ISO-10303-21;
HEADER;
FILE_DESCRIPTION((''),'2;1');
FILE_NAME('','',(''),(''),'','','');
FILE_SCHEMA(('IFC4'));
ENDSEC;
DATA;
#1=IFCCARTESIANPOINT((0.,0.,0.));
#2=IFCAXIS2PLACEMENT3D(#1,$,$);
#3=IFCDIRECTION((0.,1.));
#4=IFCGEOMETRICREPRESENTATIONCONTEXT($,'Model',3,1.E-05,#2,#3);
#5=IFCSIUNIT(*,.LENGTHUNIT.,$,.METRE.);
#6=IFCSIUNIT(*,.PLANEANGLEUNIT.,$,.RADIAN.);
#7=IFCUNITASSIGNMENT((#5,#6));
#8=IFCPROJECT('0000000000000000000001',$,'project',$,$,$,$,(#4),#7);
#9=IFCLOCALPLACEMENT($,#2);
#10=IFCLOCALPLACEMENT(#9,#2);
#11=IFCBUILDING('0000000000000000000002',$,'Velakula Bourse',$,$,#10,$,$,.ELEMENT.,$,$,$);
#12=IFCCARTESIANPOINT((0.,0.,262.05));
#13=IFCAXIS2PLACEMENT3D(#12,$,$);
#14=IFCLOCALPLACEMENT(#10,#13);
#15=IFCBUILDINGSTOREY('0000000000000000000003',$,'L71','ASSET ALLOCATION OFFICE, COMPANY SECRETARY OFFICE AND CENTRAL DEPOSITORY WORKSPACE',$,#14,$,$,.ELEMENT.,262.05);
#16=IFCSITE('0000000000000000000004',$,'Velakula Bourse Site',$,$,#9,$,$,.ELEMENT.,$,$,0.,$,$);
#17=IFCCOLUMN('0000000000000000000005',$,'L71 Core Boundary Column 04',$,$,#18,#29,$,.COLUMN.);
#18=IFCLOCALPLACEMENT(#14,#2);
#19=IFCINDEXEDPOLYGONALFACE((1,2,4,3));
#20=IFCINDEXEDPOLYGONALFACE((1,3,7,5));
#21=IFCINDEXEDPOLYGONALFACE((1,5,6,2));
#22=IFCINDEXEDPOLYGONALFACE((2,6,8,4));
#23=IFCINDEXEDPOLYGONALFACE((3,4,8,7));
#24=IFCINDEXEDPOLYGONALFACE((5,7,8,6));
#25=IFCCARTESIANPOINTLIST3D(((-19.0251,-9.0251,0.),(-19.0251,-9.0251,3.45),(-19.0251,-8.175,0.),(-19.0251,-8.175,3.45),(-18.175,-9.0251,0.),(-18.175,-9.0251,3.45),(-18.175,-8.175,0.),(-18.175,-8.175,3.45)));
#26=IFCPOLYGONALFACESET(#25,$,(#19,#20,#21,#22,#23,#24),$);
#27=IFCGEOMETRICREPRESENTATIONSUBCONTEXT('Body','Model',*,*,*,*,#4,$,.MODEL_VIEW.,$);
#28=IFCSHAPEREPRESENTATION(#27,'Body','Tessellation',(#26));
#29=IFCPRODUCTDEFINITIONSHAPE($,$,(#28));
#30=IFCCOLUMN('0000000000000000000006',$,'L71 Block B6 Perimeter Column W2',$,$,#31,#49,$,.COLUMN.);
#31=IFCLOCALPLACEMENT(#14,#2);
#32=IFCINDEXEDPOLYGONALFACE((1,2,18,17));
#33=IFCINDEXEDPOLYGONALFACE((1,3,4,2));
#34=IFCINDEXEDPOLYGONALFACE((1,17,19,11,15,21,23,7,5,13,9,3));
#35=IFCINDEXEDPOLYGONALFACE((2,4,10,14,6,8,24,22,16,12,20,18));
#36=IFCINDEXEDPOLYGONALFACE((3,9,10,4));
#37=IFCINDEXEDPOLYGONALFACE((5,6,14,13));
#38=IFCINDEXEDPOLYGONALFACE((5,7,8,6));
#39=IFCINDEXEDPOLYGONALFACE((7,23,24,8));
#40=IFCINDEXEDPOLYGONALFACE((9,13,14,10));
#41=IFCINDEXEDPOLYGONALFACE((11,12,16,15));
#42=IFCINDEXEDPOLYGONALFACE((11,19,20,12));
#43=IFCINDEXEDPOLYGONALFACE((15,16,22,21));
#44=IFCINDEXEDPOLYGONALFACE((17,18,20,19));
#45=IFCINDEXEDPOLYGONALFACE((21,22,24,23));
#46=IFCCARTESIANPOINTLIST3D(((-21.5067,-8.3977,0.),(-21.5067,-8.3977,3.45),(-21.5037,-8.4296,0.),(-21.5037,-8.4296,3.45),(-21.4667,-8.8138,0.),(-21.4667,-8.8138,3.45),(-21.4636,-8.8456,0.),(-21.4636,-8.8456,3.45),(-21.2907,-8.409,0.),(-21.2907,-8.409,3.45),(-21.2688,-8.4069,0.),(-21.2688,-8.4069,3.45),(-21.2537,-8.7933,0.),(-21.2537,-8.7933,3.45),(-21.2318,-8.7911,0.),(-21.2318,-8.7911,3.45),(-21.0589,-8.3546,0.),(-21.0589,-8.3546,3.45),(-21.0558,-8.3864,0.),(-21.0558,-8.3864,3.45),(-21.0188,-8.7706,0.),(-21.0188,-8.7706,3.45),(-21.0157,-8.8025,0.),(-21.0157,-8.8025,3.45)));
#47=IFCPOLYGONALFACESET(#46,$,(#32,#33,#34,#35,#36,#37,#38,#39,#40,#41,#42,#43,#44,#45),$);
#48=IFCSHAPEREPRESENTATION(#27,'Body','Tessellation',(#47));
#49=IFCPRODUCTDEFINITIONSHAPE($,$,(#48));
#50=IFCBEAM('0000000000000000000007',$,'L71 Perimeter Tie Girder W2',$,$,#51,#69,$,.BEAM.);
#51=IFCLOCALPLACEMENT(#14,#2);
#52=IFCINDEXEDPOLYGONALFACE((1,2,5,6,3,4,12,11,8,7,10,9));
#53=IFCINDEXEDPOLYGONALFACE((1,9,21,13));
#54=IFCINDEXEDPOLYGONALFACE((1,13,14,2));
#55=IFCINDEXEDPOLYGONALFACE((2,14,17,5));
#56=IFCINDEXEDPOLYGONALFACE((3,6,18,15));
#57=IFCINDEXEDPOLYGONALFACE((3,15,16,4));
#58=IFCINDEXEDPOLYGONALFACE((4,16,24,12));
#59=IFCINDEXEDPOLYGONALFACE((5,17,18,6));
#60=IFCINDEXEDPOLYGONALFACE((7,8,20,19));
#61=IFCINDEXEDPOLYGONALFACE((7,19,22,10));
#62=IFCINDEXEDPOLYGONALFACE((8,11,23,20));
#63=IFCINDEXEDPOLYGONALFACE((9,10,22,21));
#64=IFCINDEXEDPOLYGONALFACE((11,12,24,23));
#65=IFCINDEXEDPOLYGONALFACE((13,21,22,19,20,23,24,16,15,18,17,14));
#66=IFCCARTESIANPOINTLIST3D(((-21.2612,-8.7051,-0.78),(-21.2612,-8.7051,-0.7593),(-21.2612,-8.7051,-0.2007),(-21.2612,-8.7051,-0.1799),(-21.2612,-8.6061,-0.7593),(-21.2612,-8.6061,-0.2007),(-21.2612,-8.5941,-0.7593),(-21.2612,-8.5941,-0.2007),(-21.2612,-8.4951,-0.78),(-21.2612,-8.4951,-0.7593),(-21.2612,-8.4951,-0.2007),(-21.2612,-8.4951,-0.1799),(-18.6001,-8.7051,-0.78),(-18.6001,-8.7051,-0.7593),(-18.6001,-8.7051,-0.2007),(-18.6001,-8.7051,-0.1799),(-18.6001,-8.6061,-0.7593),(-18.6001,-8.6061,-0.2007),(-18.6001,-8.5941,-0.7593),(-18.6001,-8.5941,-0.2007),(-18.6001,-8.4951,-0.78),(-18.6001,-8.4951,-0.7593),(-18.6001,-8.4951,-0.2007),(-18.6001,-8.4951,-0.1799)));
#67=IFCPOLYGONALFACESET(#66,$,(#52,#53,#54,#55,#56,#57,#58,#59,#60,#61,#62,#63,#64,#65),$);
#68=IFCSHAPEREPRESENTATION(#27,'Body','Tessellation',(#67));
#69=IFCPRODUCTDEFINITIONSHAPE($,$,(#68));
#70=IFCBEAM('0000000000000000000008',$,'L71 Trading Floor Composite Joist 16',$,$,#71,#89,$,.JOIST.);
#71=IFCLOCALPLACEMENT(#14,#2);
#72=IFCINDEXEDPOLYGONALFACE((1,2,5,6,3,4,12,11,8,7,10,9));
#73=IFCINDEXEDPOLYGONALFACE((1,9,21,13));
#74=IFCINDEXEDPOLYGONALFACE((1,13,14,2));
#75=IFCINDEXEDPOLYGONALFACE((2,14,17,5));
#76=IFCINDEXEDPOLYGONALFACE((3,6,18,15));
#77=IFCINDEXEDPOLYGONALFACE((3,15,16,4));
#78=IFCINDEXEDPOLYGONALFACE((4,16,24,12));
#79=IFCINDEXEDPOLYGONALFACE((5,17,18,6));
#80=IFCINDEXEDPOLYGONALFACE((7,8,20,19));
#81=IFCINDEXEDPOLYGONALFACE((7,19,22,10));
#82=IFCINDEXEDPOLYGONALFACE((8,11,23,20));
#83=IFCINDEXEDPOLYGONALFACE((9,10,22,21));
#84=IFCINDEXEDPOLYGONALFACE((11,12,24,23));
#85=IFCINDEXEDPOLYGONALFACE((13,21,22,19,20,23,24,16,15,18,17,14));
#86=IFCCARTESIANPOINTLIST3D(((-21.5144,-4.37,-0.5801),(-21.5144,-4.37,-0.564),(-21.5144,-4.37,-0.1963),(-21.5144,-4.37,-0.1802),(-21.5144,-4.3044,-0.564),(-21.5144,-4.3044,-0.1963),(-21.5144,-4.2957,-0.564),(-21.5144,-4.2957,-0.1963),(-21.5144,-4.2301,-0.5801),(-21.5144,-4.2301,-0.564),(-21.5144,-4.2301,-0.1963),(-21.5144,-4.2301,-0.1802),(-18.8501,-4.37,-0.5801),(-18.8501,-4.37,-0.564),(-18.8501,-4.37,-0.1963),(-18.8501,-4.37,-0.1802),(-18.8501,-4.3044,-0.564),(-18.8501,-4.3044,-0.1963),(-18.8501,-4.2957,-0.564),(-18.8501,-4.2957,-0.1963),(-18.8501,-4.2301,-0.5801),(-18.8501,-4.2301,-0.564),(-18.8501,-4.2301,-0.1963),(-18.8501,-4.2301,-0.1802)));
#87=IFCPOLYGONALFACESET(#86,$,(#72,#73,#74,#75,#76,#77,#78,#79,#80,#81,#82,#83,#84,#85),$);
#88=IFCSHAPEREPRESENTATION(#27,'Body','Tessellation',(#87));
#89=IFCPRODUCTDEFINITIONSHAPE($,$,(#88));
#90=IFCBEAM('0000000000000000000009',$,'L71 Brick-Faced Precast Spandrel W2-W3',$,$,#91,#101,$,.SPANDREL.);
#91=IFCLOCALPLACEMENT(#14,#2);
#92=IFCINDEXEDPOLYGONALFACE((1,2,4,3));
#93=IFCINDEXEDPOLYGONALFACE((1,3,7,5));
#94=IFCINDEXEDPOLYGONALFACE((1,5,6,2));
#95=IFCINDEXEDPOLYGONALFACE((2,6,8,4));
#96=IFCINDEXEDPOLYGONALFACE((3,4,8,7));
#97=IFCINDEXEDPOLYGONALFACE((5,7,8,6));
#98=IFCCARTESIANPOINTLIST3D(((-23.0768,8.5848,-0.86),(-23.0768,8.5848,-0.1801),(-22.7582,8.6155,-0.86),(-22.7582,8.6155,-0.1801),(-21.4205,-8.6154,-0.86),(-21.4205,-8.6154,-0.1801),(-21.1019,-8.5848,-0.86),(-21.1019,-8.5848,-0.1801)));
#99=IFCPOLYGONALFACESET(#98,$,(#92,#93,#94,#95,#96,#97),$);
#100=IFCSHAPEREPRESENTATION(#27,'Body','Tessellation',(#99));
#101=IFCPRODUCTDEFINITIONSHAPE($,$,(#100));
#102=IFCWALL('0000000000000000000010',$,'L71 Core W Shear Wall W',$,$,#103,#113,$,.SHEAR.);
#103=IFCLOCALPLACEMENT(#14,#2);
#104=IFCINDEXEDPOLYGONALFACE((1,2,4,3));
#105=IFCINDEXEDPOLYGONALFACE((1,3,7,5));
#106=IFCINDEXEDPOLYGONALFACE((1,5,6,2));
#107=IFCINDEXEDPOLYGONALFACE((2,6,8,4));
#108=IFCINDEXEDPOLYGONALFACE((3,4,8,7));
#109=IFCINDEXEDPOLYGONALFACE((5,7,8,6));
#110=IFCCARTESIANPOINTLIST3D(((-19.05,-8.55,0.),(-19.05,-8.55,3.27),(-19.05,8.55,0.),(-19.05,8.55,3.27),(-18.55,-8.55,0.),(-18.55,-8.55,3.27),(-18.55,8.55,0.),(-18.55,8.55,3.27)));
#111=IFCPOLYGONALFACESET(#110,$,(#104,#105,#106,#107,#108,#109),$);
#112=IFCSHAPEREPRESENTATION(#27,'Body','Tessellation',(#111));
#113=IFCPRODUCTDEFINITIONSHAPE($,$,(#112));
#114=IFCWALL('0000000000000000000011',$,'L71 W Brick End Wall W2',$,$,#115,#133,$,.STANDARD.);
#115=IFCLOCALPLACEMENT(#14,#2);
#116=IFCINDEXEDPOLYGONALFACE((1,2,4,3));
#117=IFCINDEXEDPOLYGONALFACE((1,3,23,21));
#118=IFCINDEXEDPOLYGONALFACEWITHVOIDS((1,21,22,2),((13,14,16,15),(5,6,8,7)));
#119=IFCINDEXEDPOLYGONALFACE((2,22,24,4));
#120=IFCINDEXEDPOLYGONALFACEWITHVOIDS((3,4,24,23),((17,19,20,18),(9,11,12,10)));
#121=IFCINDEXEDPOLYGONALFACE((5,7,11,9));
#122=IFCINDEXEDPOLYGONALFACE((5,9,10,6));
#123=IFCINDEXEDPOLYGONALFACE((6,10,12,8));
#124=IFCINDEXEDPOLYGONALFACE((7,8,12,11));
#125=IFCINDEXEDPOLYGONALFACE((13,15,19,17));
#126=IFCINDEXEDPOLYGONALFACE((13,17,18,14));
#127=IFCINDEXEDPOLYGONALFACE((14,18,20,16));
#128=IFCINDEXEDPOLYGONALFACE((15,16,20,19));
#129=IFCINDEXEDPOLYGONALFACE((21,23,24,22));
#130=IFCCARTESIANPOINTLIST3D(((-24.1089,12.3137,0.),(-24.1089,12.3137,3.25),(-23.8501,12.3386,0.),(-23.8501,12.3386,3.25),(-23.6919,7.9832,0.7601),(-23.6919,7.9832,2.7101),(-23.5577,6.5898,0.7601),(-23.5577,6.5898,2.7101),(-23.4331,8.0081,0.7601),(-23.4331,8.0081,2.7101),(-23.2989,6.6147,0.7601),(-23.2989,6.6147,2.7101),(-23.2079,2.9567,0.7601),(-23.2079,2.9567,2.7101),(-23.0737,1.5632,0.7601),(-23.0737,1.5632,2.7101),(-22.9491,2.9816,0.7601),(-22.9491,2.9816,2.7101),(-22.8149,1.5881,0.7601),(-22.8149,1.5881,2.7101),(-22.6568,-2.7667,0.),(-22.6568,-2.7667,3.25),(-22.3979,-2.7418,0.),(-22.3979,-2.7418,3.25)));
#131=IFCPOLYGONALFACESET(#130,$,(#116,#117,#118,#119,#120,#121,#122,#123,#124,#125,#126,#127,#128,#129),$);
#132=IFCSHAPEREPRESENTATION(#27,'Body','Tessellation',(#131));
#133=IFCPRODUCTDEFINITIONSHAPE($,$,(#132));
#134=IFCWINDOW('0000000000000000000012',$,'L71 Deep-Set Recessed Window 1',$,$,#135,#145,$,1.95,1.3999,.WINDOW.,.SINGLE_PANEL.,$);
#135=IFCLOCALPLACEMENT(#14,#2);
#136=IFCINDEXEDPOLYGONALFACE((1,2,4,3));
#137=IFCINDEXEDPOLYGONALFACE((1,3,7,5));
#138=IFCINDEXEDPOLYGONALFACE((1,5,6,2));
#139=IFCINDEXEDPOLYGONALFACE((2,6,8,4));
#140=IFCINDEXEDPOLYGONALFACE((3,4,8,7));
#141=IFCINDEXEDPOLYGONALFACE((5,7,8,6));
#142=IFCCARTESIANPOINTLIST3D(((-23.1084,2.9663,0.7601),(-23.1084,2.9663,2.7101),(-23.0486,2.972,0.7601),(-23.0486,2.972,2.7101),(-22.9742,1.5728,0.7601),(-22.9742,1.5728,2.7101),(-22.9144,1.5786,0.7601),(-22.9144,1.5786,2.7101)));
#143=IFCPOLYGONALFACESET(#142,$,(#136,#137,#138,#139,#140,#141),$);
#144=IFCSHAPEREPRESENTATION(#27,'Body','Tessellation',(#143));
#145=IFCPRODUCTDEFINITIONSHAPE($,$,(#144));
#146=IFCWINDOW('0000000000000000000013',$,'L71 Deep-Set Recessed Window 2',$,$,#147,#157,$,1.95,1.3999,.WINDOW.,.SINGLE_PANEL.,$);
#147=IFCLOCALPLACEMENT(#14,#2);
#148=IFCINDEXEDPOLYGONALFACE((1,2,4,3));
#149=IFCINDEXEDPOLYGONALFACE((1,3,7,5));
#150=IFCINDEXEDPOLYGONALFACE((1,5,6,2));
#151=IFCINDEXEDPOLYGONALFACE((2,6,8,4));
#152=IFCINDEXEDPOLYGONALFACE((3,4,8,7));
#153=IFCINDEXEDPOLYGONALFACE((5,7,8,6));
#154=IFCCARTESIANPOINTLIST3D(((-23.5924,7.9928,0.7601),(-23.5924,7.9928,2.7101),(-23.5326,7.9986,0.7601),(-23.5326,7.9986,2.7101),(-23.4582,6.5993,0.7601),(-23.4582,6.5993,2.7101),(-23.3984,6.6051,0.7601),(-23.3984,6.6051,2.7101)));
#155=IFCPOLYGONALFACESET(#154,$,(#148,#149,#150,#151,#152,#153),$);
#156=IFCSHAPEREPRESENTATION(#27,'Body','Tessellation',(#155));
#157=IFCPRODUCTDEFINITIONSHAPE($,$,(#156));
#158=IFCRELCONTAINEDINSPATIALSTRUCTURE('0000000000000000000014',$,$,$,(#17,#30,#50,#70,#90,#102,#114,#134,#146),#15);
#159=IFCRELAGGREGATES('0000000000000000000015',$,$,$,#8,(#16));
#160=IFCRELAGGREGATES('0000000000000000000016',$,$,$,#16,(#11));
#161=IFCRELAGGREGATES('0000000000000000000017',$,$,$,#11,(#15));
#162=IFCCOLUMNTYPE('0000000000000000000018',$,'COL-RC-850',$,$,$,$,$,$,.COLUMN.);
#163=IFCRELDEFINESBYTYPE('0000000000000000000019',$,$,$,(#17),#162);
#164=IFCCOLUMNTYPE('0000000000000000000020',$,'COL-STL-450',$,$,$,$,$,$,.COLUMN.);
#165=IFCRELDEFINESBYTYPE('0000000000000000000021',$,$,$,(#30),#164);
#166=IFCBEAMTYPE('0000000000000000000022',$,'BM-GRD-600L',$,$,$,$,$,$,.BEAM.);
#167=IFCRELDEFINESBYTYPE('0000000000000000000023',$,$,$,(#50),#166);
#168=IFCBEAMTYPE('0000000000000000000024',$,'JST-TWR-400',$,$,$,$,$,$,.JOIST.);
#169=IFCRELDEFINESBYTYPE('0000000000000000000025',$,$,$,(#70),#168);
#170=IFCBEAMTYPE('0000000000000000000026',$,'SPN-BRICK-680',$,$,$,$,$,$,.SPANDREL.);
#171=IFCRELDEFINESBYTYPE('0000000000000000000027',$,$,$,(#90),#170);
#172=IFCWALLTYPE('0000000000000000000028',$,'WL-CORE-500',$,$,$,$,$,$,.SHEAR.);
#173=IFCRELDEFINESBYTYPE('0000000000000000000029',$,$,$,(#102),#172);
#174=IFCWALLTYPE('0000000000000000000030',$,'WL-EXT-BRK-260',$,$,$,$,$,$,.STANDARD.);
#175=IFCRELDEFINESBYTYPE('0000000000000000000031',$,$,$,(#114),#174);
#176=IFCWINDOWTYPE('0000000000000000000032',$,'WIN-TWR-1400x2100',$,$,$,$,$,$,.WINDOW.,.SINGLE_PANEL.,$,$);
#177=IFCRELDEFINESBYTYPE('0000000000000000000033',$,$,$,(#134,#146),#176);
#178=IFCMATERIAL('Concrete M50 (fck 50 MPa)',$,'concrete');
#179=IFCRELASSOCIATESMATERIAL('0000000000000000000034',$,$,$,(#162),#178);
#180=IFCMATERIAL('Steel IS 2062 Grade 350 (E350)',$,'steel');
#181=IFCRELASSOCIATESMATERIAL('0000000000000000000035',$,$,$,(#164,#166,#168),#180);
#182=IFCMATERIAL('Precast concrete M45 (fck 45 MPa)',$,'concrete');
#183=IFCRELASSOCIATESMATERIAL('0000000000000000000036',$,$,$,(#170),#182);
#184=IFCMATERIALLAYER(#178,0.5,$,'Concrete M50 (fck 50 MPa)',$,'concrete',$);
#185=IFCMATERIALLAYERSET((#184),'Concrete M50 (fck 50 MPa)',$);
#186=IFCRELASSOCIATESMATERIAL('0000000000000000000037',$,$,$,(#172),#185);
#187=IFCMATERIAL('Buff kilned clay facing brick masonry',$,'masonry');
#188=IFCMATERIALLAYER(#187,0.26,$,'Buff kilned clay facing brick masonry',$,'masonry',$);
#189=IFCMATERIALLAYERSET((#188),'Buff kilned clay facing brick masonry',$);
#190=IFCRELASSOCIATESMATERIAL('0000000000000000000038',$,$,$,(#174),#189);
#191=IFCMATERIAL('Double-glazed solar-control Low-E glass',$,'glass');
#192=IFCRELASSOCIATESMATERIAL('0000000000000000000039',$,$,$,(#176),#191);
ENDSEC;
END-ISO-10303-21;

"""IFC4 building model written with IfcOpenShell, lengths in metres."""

from ifc_helpers import new_model, si_unit, direction, frame, frame_2d, origin, origin_2d, place, context, subcontext, project, spatial, rectangle, i_section, extrude, material, layer, layer_set, material_profile, profile_set, type_object, element, fill, save


model = new_model("IFC4")

# Units and contexts
model_context = context("Model", 3, precision=1e-05, world=origin(), true_north=direction((0.0, 1.0)))
body_context = subcontext(model_context, "Body", "Model", "MODEL_VIEW")
ifc_project = project(units=[si_unit("LENGTHUNIT", "METRE"), si_unit("PLANEANGLEUNIT", "RADIAN")], contexts=[model_context])

# Site, building, storey
site_placement = place(None, origin())
site = spatial("IfcSite", under=ifc_project, at=site_placement, Name="Velakula Bourse Site", CompositionType="ELEMENT", RefElevation=0.0)
building_placement = place(site_placement, origin())
building = spatial("IfcBuilding", under=site, at=building_placement, Name="Velakula Bourse", CompositionType="ELEMENT")
storey_placement = place(building_placement, frame((0.0, 0.0, 262.05)))
storey = spatial("IfcBuildingStorey", under=building, at=storey_placement, Name="L71", Description="ASSET ALLOCATION OFFICE, COMPANY SECRETARY OFFICE AND CENTRAL DEPOSITORY WORKSPACE", CompositionType="ELEMENT", Elevation=262.05)

# Columns
ifc_material_1 = material(Name="Concrete M50 (fck 50 MPa)", Category="concrete")
ifc_material_profile_1 = material_profile(ifc_material_1, rectangle(XDim=0.8501, YDim=0.8501, at=origin_2d()), Name="Concrete M50 (fck 50 MPa)")
ifc_profile_set_1 = profile_set([ifc_material_profile_1], Name="Concrete M50 (fck 50 MPa)")
column_type_1 = type_object("IfcColumnType", Name="COL-RC-850", PredefinedType="COLUMN", material=ifc_profile_set_1)
column_1_placement = place(storey_placement, frame((-18.6001, -8.6001, 0.0), z_axis=(0.0, 0.0, 1.0), x_axis=(1.0, 0.0, 0.0)))
element("IfcColumn", 1, at=column_1_placement, inside=storey, type_object=column_type_1, Name="L71 Core Boundary Column 04", PredefinedType="COLUMN", context=body_context, shape_type="SweptSolid", body=[
    extrude(rectangle(XDim=0.8501, YDim=0.8501, at=origin_2d()), origin(), (0.0, 0.0, 1.0), 3.45),
])
ifc_material_2 = material(Name="Steel IS 2062 Grade 350 (E350)", Category="steel")
ifc_material_profile_2 = material_profile(ifc_material_2, i_section(OverallWidth=0.45, OverallDepth=0.45, WebThickness=0.022, FlangeThickness=0.032, at=origin_2d()), Name="Steel IS 2062 Grade 350 (E350)")
ifc_profile_set_2 = profile_set([ifc_material_profile_2], Name="Steel IS 2062 Grade 350 (E350)")
column_type_2 = type_object("IfcColumnType", Name="COL-STL-450", PredefinedType="COLUMN", material=ifc_profile_set_2)
column_2_placement = place(storey_placement, frame((-21.2612, -8.6001, 0.0), z_axis=(0.0, 0.0, 1.0), x_axis=(0.995396, 0.095846, 0.0)))
element("IfcColumn", 2, at=column_2_placement, inside=storey, type_object=column_type_2, Name="L71 Block B6 Perimeter Column W2", PredefinedType="COLUMN", context=body_context, shape_type="SweptSolid", body=[
    extrude(i_section(OverallWidth=0.45, OverallDepth=0.45, WebThickness=0.022, FlangeThickness=0.032, at=origin_2d()), origin(), (0.0, 0.0, 1.0), 3.45),
])

# Beams
ifc_material_profile_3 = material_profile(ifc_material_2, i_section(OverallWidth=0.21, OverallDepth=0.6001, WebThickness=0.012, FlangeThickness=0.0208, at=origin_2d()), Name="Steel IS 2062 Grade 350 (E350)")
ifc_profile_set_3 = profile_set([ifc_material_profile_3], Name="Steel IS 2062 Grade 350 (E350)")
beam_type_1 = type_object("IfcBeamType", Name="BM-GRD-600L", PredefinedType="BEAM", material=ifc_profile_set_3)
beam_1_placement = place(storey_placement, frame((-18.6001, -8.6001, -0.48), z_axis=(-1.0, 0.0, 0.0), x_axis=(0.0, -1.0, 0.0)))
element("IfcBeam", 3, at=beam_1_placement, inside=storey, type_object=beam_type_1, Name="L71 Perimeter Tie Girder W2", PredefinedType="BEAM", context=body_context, shape_type="SweptSolid", body=[
    extrude(i_section(OverallWidth=0.21, OverallDepth=0.6001, WebThickness=0.012, FlangeThickness=0.0208, at=origin_2d()), origin(), (0.0, 0.0, 1.0), 2.6611),
])
ifc_material_profile_4 = material_profile(ifc_material_2, i_section(OverallWidth=0.1399, OverallDepth=0.3999, WebThickness=0.0088, FlangeThickness=0.0161, at=origin_2d()), Name="Steel IS 2062 Grade 350 (E350)")
ifc_profile_set_4 = profile_set([ifc_material_profile_4], Name="Steel IS 2062 Grade 350 (E350)")
beam_type_2 = type_object("IfcBeamType", Name="JST-TWR-400", PredefinedType="JOIST", material=ifc_profile_set_4)
beam_2_placement = place(storey_placement, frame((-21.5144, -4.3, -0.3801), z_axis=(1.0, 0.0, 0.0), x_axis=(0.0, 1.0, 0.0)))
element("IfcBeam", 4, at=beam_2_placement, inside=storey, type_object=beam_type_2, Name="L71 Trading Floor Composite Joist 16", PredefinedType="JOIST", context=body_context, shape_type="SweptSolid", body=[
    extrude(i_section(OverallWidth=0.1399, OverallDepth=0.3999, WebThickness=0.0088, FlangeThickness=0.0161, at=origin_2d()), origin(), (0.0, 0.0, 1.0), 2.6643),
])
ifc_material_3 = material(Name="Precast concrete M45 (fck 45 MPa)", Category="concrete")
ifc_material_profile_5 = material_profile(ifc_material_3, rectangle(XDim=0.3201, YDim=0.6799, at=origin_2d()), Name="Precast concrete M45 (fck 45 MPa)")
ifc_profile_set_5 = profile_set([ifc_material_profile_5], Name="Precast concrete M45 (fck 45 MPa)")
beam_type_3 = type_object("IfcBeamType", Name="SPN-BRICK-680", PredefinedType="SPANDREL", material=ifc_profile_set_5)
beam_3_placement = place(storey_placement, frame((-21.2612, -8.6001, -0.52), z_axis=(-0.095849, 0.995396, 0.0), x_axis=(-0.995396, -0.095849, 0.0)))
element("IfcBeam", 5, at=beam_3_placement, inside=storey, type_object=beam_type_3, Name="L71 Brick-Faced Precast Spandrel W2-W3", PredefinedType="SPANDREL", context=body_context, shape_type="SweptSolid", body=[
    extrude(rectangle(XDim=0.3201, YDim=0.6799, at=origin_2d()), origin(), (0.0, 0.0, 1.0), 17.2798),
])

# Wall
ifc_layer_1 = layer(ifc_material_1, 0.5, Name="Concrete M50 (fck 50 MPa)", Category="concrete")
ifc_layer_set_1 = layer_set([ifc_layer_1], Name="Concrete M50 (fck 50 MPa)")
wall_type_1 = type_object("IfcWallType", Name="WL-CORE-500", PredefinedType="SHEAR", material=ifc_layer_set_1)
wall_1_placement = place(storey_placement, frame((-18.8, -8.55, 0.0), z_axis=(0.0, 0.0, 1.0), x_axis=(0.0, 1.0, 0.0)))
element("IfcWall", 6, at=wall_1_placement, inside=storey, type_object=wall_type_1, Name="L71 Core W Shear Wall W", PredefinedType="SHEAR", context=body_context, shape_type="SweptSolid", body=[
    extrude(rectangle(XDim=17.1001, YDim=0.5, at=frame_2d((8.55, 0.0))), origin(), (0.0, 0.0, 1.0), 3.27),
])

# Wall, openings, windows
ifc_material_4 = material(Name="Buff kilned clay facing brick masonry", Category="masonry")
ifc_layer_2 = layer(ifc_material_4, 0.26, Name="Buff kilned clay facing brick masonry", Category="masonry")
ifc_layer_set_2 = layer_set([ifc_layer_2], Name="Buff kilned clay facing brick masonry")
wall_type_2 = type_object("IfcWallType", Name="WL-EXT-BRK-260", PredefinedType="STANDARD", material=ifc_layer_set_2)
wall_2_placement = place(storey_placement, frame((-22.5273, -2.7544, 0.0), z_axis=(0.0, 0.0, 1.0), x_axis=(-0.095851, 0.995396, 0.0)))
wall_2 = element("IfcWall", 7, at=wall_2_placement, inside=storey, type_object=wall_type_2, Name="L71 W Brick End Wall W2", PredefinedType="STANDARD", context=body_context, shape_type="SweptSolid", body=[
    extrude(rectangle(XDim=15.1501, YDim=0.26, at=frame_2d((7.5752, 0.0))), origin(), (0.0, 0.0, 1.0), 3.25),
])
opening_1_placement = place(wall_2_placement, frame((4.3501, 0.0, 0.76)))
opening_1 = element("IfcOpeningElement", 8, at=opening_1_placement, cuts=wall_2, PredefinedType="OPENING", context=body_context, shape_type="SweptSolid", body=[
    extrude(rectangle(XDim=1.3999, YDim=1.95, at=frame_2d((0.7, 0.9751))), frame((0.0, 0.1399, 0.0), z_axis=(0.0, -1.0, 0.0), x_axis=(1.0, 0.0, 0.0)), (0.0, 0.0, 1.0), 0.28),
])
opening_2_placement = place(wall_2_placement, frame((9.3999, 0.0, 0.76)))
opening_2 = element("IfcOpeningElement", 9, at=opening_2_placement, cuts=wall_2, PredefinedType="OPENING", context=body_context, shape_type="SweptSolid", body=[
    extrude(rectangle(XDim=1.3999, YDim=1.95, at=frame_2d((0.7, 0.9751))), frame((0.0, 0.1399, 0.0), z_axis=(0.0, -1.0, 0.0), x_axis=(1.0, 0.0, 0.0)), (0.0, 0.0, 1.0), 0.28),
])
ifc_material_5 = material(Name="Double-glazed solar-control Low-E glass", Category="glass")
window_type = type_object("IfcWindowType", Name="WIN-TWR-1400x2100", PartitioningType="SINGLE_PANEL", PredefinedType="WINDOW", material=ifc_material_5)
window_1_placement = place(opening_1_placement, origin())
window_1 = element("IfcWindow", 10, at=window_1_placement, inside=storey, type_object=window_type, Name="L71 Deep-Set Recessed Window 1", OverallHeight=1.95, OverallWidth=1.3999, PartitioningType="SINGLE_PANEL", PredefinedType="WINDOW", context=body_context, shape_type="SweptSolid", body=[
    extrude(rectangle(XDim=1.3999, YDim=1.95, at=frame_2d((0.7, 0.9751))), frame((0.0, 0.03, 0.0), z_axis=(0.0, -1.0, 0.0), x_axis=(1.0, 0.0, 0.0)), (0.0, 0.0, 1.0), 0.0601),
])
fill(opening_1, window_1)
window_2_placement = place(opening_2_placement, origin())
window_2 = element("IfcWindow", 11, at=window_2_placement, inside=storey, type_object=window_type, Name="L71 Deep-Set Recessed Window 2", OverallHeight=1.95, OverallWidth=1.3999, PartitioningType="SINGLE_PANEL", PredefinedType="WINDOW", context=body_context, shape_type="SweptSolid", body=[
    extrude(rectangle(XDim=1.3999, YDim=1.95, at=frame_2d((0.7, 0.9751))), frame((0.0, 0.03, 0.0), z_axis=(0.0, -1.0, 0.0), x_axis=(1.0, 0.0, 0.0)), (0.0, 0.0, 1.0), 0.0601),
])
fill(opening_2, window_2)

save(model, "model.ifc")
